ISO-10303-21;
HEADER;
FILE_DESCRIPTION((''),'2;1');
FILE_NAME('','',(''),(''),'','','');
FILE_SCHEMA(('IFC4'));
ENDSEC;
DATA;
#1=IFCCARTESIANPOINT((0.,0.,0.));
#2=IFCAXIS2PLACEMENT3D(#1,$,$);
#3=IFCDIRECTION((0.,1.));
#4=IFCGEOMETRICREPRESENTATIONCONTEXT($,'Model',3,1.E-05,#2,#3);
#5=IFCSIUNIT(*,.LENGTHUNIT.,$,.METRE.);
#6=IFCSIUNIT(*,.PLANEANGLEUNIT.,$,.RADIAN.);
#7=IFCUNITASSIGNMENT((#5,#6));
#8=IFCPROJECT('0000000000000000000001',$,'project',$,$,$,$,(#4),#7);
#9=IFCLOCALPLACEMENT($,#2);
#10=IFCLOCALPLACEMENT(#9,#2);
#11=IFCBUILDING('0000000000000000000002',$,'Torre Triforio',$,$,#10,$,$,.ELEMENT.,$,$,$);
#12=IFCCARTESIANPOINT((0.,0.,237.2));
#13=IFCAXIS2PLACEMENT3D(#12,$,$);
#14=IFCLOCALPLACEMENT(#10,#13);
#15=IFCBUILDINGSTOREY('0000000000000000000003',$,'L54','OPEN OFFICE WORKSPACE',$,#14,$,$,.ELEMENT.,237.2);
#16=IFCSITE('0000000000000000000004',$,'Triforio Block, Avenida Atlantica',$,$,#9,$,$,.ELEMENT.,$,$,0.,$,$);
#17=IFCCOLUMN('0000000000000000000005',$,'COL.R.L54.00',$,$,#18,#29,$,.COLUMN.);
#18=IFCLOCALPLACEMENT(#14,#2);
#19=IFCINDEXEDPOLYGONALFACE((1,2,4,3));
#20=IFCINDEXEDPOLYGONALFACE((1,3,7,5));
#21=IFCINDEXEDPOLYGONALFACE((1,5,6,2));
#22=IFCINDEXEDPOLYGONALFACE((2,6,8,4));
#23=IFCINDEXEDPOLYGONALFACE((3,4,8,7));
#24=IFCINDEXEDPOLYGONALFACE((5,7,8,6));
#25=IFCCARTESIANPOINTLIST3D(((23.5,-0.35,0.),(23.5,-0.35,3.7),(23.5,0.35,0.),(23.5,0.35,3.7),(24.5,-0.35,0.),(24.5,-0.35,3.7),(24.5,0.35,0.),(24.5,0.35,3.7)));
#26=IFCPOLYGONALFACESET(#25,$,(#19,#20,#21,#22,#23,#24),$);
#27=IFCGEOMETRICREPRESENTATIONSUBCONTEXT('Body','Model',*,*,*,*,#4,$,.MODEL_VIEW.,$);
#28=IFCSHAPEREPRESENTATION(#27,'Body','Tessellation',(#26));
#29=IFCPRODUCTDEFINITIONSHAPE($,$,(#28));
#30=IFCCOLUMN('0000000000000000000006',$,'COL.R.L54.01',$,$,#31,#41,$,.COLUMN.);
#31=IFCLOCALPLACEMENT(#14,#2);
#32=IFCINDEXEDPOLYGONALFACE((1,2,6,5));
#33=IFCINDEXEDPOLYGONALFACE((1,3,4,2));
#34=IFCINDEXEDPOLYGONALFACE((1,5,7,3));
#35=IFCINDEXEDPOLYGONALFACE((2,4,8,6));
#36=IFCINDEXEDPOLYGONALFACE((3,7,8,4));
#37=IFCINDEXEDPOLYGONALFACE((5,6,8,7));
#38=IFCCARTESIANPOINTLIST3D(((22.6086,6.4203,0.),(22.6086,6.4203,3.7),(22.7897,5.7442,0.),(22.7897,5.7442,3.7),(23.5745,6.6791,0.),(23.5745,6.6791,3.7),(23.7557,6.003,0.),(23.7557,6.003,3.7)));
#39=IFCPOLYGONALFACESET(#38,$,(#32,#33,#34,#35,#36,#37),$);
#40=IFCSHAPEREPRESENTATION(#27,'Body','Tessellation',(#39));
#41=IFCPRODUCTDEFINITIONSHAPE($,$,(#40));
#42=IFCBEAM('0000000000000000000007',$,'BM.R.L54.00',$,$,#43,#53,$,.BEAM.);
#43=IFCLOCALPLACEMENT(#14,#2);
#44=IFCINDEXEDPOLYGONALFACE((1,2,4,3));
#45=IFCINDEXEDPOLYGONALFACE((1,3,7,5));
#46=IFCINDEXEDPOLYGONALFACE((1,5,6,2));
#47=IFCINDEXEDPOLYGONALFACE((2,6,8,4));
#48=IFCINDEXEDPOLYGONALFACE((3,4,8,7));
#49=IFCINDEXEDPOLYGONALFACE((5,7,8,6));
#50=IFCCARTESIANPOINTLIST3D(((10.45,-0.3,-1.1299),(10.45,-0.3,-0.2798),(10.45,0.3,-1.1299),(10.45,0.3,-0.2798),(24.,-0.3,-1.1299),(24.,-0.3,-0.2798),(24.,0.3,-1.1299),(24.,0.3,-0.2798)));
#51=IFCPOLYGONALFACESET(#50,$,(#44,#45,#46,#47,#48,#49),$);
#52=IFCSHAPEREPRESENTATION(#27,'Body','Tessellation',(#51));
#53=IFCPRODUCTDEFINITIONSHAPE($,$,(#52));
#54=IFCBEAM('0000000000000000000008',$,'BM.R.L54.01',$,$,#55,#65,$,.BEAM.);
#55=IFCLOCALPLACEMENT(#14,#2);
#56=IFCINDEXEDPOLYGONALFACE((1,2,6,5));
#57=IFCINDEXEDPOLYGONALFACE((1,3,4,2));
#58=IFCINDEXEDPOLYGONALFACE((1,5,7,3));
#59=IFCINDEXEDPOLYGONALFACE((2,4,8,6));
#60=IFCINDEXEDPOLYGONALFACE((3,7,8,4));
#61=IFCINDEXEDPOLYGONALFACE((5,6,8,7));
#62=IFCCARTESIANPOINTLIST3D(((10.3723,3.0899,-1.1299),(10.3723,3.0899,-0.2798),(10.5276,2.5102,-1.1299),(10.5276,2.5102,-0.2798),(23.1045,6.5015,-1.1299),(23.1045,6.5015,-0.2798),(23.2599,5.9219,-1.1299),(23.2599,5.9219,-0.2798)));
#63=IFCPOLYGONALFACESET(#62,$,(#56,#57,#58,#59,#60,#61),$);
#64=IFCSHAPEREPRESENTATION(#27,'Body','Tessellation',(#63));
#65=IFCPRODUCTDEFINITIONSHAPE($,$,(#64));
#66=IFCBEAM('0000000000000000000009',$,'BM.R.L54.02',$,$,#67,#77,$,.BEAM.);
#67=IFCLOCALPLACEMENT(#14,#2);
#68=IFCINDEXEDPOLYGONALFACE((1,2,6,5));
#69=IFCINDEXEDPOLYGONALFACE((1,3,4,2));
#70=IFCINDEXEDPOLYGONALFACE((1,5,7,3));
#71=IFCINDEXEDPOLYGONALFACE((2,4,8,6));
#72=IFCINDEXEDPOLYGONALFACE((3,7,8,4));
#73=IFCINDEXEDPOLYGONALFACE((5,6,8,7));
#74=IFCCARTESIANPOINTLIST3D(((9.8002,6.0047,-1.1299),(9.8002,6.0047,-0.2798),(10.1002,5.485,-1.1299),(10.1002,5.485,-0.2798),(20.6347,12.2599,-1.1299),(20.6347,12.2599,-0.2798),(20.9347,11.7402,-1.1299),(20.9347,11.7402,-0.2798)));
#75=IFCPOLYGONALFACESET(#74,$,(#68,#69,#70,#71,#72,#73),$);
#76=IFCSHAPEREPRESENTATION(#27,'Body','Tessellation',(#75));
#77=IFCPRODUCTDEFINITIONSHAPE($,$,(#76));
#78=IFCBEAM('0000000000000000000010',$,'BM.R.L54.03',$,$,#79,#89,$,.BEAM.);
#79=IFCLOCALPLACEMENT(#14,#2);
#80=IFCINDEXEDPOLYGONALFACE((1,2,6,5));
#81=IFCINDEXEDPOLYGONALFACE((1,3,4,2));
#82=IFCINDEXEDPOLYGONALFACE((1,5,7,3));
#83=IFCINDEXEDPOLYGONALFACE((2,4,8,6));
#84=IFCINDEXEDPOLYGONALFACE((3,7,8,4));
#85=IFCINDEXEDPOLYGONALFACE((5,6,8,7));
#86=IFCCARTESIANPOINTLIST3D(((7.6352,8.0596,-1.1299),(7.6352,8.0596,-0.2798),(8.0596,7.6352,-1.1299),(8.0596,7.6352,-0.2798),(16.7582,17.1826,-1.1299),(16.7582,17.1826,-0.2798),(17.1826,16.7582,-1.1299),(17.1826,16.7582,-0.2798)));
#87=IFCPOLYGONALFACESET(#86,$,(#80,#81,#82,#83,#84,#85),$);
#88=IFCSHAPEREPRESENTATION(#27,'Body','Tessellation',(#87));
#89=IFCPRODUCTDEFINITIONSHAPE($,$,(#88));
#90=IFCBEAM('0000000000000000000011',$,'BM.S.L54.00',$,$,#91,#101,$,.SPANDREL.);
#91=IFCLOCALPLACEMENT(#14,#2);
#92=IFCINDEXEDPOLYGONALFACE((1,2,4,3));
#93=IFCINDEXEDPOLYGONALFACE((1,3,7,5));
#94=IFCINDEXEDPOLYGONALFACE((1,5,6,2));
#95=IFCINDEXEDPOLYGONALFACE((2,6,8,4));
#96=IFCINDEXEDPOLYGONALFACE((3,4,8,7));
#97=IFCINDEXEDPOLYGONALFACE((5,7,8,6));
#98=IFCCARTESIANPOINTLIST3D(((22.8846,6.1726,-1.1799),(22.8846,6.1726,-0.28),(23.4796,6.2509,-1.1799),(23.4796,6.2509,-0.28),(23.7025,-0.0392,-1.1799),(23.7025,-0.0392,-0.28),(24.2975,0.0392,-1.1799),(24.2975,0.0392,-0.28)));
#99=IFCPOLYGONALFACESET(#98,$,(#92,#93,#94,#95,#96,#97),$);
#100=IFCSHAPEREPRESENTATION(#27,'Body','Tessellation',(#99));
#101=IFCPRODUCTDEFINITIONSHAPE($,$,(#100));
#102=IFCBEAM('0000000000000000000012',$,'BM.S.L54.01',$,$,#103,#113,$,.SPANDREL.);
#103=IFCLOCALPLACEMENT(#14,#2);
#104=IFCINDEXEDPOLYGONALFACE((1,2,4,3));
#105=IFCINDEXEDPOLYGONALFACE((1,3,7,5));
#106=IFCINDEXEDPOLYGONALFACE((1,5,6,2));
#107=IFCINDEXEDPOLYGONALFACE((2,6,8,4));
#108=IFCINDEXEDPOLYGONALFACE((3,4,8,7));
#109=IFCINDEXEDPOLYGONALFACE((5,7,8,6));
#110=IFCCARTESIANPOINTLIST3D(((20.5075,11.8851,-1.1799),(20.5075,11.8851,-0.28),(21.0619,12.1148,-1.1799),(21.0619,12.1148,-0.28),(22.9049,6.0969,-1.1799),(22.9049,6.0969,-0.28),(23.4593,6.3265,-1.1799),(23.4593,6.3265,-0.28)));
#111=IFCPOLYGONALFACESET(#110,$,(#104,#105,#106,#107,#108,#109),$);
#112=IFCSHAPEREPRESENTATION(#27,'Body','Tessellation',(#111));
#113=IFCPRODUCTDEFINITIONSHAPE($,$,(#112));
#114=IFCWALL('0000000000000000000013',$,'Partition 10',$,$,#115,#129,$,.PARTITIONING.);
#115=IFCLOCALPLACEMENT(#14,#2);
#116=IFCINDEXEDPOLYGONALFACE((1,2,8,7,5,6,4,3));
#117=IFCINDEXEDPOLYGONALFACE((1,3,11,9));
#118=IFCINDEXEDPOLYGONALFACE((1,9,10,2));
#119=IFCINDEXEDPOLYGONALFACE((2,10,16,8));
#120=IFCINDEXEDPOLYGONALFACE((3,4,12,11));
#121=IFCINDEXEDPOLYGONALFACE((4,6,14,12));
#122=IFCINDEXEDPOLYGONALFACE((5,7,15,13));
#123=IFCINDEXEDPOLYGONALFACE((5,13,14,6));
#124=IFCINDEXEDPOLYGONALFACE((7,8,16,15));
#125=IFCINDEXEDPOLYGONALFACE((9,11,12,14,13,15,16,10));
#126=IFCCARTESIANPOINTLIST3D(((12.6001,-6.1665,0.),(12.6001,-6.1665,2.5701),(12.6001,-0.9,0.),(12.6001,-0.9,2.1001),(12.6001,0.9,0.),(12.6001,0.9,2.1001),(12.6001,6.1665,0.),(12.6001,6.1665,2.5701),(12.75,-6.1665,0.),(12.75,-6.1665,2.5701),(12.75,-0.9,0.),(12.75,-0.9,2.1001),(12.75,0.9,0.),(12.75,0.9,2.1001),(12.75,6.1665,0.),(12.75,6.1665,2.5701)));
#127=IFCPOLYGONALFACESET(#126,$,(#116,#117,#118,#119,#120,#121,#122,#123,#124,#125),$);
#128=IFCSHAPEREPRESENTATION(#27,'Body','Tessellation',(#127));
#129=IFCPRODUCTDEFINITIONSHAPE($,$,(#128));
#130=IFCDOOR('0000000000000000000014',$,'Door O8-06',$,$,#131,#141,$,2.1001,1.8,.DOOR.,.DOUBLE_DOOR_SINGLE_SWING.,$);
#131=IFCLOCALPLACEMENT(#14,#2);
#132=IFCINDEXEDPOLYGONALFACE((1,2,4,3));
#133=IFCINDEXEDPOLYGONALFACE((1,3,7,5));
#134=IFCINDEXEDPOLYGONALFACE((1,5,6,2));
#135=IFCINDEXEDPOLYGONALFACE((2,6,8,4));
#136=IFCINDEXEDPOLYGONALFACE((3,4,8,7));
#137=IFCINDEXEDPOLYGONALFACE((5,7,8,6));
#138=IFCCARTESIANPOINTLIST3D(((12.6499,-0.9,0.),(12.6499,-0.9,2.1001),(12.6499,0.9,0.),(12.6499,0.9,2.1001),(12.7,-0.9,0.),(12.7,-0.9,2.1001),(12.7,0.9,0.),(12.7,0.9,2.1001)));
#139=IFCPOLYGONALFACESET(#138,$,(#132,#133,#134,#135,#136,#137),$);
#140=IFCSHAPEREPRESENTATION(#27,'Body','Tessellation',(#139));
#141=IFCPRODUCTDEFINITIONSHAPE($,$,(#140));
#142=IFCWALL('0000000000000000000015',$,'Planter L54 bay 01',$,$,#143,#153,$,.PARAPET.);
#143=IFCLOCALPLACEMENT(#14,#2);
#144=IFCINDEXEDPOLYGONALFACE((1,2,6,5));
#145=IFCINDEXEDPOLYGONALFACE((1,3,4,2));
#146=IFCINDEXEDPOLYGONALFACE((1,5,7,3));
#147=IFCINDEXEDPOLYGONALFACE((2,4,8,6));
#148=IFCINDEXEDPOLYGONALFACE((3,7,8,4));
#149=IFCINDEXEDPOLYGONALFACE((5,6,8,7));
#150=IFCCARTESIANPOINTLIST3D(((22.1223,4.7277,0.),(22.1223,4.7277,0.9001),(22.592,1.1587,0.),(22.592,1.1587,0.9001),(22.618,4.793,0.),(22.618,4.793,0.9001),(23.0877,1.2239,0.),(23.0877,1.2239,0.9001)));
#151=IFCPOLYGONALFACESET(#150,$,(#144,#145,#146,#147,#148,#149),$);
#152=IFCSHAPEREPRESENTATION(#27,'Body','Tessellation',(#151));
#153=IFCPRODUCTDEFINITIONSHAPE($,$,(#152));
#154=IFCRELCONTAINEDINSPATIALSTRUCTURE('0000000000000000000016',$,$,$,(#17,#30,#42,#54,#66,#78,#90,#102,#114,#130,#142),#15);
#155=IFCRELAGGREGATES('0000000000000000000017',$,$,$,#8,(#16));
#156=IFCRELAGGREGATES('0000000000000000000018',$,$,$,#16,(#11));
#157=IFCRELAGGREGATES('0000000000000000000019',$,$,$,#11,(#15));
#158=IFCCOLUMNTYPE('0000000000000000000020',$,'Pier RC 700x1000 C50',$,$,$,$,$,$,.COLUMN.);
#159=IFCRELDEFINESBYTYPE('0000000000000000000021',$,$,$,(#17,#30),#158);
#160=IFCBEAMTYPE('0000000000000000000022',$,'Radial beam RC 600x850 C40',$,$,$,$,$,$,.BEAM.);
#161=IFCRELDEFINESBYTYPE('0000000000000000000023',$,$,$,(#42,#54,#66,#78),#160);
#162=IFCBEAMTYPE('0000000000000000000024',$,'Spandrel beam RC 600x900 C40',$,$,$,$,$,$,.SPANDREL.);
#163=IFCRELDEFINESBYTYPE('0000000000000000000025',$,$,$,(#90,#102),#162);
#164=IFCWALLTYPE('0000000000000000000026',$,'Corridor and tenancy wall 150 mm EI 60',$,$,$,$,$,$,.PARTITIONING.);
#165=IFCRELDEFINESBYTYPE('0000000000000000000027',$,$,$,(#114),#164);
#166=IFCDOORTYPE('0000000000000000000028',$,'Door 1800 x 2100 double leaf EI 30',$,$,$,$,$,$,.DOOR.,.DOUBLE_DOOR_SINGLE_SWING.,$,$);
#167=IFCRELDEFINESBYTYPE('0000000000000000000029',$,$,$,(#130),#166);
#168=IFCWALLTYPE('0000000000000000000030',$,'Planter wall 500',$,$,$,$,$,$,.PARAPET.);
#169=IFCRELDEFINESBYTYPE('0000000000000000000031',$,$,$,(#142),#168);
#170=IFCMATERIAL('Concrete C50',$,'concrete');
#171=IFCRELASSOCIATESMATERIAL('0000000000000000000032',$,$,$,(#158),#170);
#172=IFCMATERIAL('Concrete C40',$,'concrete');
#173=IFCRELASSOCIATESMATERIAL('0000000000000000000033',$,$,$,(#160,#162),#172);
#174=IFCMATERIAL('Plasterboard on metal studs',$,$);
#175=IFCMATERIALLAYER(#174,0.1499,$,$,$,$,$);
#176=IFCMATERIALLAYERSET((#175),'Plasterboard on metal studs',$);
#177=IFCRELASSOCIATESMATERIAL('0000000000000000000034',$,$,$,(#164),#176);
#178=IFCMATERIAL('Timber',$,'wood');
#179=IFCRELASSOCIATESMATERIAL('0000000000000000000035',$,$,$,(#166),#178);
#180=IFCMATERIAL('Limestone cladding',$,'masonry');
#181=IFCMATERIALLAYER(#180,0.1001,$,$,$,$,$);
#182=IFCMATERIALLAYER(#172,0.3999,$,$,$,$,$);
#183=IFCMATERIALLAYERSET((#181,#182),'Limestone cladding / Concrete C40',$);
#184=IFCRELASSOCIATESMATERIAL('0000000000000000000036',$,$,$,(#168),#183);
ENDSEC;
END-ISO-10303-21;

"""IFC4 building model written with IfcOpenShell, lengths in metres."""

from ifc_helpers import new_model, si_unit, direction, frame, frame_2d, origin, origin_2d, place, context, subcontext, project, spatial, rectangle, extrude, material, layer, layer_set, material_profile, profile_set, type_object, element, fill, save


model = new_model("IFC4")

# Units and contexts
model_context = context("Model", 3, precision=1e-05, world=origin(), true_north=direction((0.0, 1.0)))
body_context = subcontext(model_context, "Body", "Model", "MODEL_VIEW")
ifc_project = project(units=[si_unit("LENGTHUNIT", "METRE"), si_unit("PLANEANGLEUNIT", "RADIAN")], contexts=[model_context])

# Site, building, storey
site_placement = place(None, origin())
site = spatial("IfcSite", under=ifc_project, at=site_placement, Name="Triforio Block, Avenida Atlantica", CompositionType="ELEMENT", RefElevation=0.0)
building_placement = place(site_placement, origin())
building = spatial("IfcBuilding", under=site, at=building_placement, Name="Torre Triforio", CompositionType="ELEMENT")
storey_placement = place(building_placement, frame((0.0, 0.0, 237.2)))
storey = spatial("IfcBuildingStorey", under=building, at=storey_placement, Name="L54", Description="OPEN OFFICE WORKSPACE", CompositionType="ELEMENT", Elevation=237.2)

# Columns
ifc_material_1 = material(Name="Concrete C50", Category="concrete")
ifc_material_profile_1 = material_profile(ifc_material_1, rectangle(XDim=0.7, YDim=1.0, at=origin_2d()), Name="RC 700x1000")
ifc_profile_set_1 = profile_set([ifc_material_profile_1], Name="Concrete C50")
column_type = type_object("IfcColumnType", Name="Pier RC 700x1000 C50", PredefinedType="COLUMN", material=ifc_profile_set_1)
for number, where, z_axis, x_axis, name in (
    (1, (24.0, 0.0, 0.0), (0.0, 0.0, 1.0), (0.0, 1.0, 0.0), "COL.R.L54.00"),
    (2, (23.1821, 6.2117, 0.0), (0.0, 0.0, 1.0), (-0.258819, 0.965926, 0.0), "COL.R.L54.01"),
):
    element("IfcColumn", number, at=place(storey_placement, frame(where, z_axis=z_axis, x_axis=x_axis)), inside=storey, type_object=column_type, Name=name, PredefinedType="COLUMN", context=body_context, shape_type="SweptSolid", body=[
        extrude(rectangle(XDim=0.7, YDim=1.0, at=origin_2d()), origin(), (0.0, 0.0, 1.0), 3.7),
    ])

# Beams
ifc_material_2 = material(Name="Concrete C40", Category="concrete")
ifc_material_profile_2 = material_profile(ifc_material_2, rectangle(XDim=0.6001, YDim=0.8501, at=origin_2d()), Name="RC 600x850")
ifc_profile_set_2 = profile_set([ifc_material_profile_2], Name="Concrete C40")
beam_type_1 = type_object("IfcBeamType", Name="Radial beam RC 600x850 C40", PredefinedType="BEAM", material=ifc_profile_set_2)
beam_1_placement = place(storey_placement, frame((10.45, 0.0, -0.7048), z_axis=(1.0, 0.0, 0.0), x_axis=(0.0, 1.0, 0.0)))
element("IfcBeam", 3, at=beam_1_placement, inside=storey, type_object=beam_type_1, Name="BM.R.L54.00", PredefinedType="BEAM", context=body_context, shape_type="SweptSolid", body=[
    extrude(rectangle(XDim=0.6001, YDim=0.8501, at=origin_2d()), origin(), (0.0, 0.0, 1.0), 13.55),
])
beam_2_placement = place(storey_placement, frame((10.45, 2.8, -0.7048), z_axis=(0.965925, 0.258822, 0.0), x_axis=(-0.258822, 0.965925, 0.0)))
element("IfcBeam", 4, at=beam_2_placement, inside=storey, type_object=beam_type_1, Name="BM.R.L54.01", PredefinedType="BEAM", context=body_context, shape_type="SweptSolid", body=[
    extrude(rectangle(XDim=0.6001, YDim=0.8501, at=origin_2d()), origin(), (0.0, 0.0, 1.0), 13.1814),
])
beam_3_placement = place(storey_placement, frame((9.9502, 5.7449, -0.7048), z_axis=(0.866031, 0.49999, 0.0), x_axis=(-0.49999, 0.866031, 0.0)))
element("IfcBeam", 5, at=beam_3_placement, inside=storey, type_object=beam_type_1, Name="BM.R.L54.02", PredefinedType="BEAM", context=body_context, shape_type="SweptSolid", body=[
    extrude(rectangle(XDim=0.6001, YDim=0.8501, at=origin_2d()), origin(), (0.0, 0.0, 1.0), 12.5105),
])
beam_4_placement = place(storey_placement, frame((7.8474, 7.8474, -0.7048), z_axis=(0.707107, 0.707107, 0.0), x_axis=(-0.707107, 0.707107, 0.0)))
element("IfcBeam", 6, at=beam_4_placement, inside=storey, type_object=beam_type_1, Name="BM.R.L54.03", PredefinedType="BEAM", context=body_context, shape_type="SweptSolid", body=[
    extrude(rectangle(XDim=0.6001, YDim=0.8501, at=origin_2d()), origin(), (0.0, 0.0, 1.0), 12.9019),
])
ifc_material_profile_3 = material_profile(ifc_material_2, rectangle(XDim=0.6001, YDim=0.8999, at=origin_2d()), Name="RC 600x900")
ifc_profile_set_3 = profile_set([ifc_material_profile_3], Name="Concrete C40")
beam_type_2 = type_object("IfcBeamType", Name="Spandrel beam RC 600x900 C40", PredefinedType="SPANDREL", material=ifc_profile_set_3)
beam_5_placement = place(storey_placement, frame((24.0, 0.0, -0.73), z_axis=(-0.13054, 0.991443, 0.0), x_axis=(-0.991443, -0.13054, 0.0)))
element("IfcBeam", 7, at=beam_5_placement, inside=storey, type_object=beam_type_2, Name="BM.S.L54.00", PredefinedType="SPANDREL", context=body_context, shape_type="SweptSolid", body=[
    extrude(rectangle(XDim=0.6001, YDim=0.8999, at=origin_2d()), origin(), (0.0, 0.0, 1.0), 6.2654),
])
beam_6_placement = place(storey_placement, frame((23.1821, 6.2117, -0.73), z_axis=(-0.382664, 0.923888, 0.0), x_axis=(-0.923888, -0.382664, 0.0)))
element("IfcBeam", 8, at=beam_6_placement, inside=storey, type_object=beam_type_2, Name="BM.S.L54.01", PredefinedType="SPANDREL", context=body_context, shape_type="SweptSolid", body=[
    extrude(rectangle(XDim=0.6001, YDim=0.8999, at=origin_2d()), origin(), (0.0, 0.0, 1.0), 6.2651),
])

# Wall, opening, door
ifc_material_3 = material(Name="Plasterboard on metal studs")
ifc_layer_1 = layer(ifc_material_3, 0.1499)
ifc_layer_set_1 = layer_set([ifc_layer_1], Name="Plasterboard on metal studs")
wall_type_1 = type_object("IfcWallType", Name="Corridor and tenancy wall 150 mm EI 60", PredefinedType="PARTITIONING", material=ifc_layer_set_1)
wall_1_placement = place(storey_placement, frame((12.675, 6.1665, 0.0), z_axis=(0.0, 0.0, 1.0), x_axis=(0.0, -1.0, 0.0)))
wall_1 = element("IfcWall", 9, at=wall_1_placement, inside=storey, type_object=wall_type_1, Name="Partition 10", PredefinedType="PARTITIONING", context=body_context, shape_type="SweptSolid", body=[
    extrude(rectangle(XDim=12.333, YDim=0.1499, at=frame_2d((6.1665, 0.0))), origin(), (0.0, 0.0, 1.0), 2.5701),
])
opening_1_placement = place(wall_1_placement, frame((5.2666, 0.0, 0.0)))
opening_1 = element("IfcOpeningElement", 10, at=opening_1_placement, cuts=wall_1, PredefinedType="OPENING", context=body_context, shape_type="SweptSolid", body=[
    extrude(rectangle(XDim=1.8, YDim=2.1001, at=frame_2d((0.8999, 1.05))), frame((0.0, 0.085, 0.0), z_axis=(0.0, -1.0, 0.0), x_axis=(1.0, 0.0, 0.0)), (0.0, 0.0, 1.0), 0.1699),
])
ifc_material_4 = material(Name="Timber", Category="wood")
door_type_1 = type_object("IfcDoorType", Name="Door 1800 x 2100 double leaf EI 30", OperationType="DOUBLE_DOOR_SINGLE_SWING", PredefinedType="DOOR", material=ifc_material_4)
door_1_placement = place(opening_1_placement, origin())
door_1 = element("IfcDoor", 11, at=door_1_placement, inside=storey, type_object=door_type_1, Name="Door O8-06", OperationType="DOUBLE_DOOR_SINGLE_SWING", OverallHeight=2.1001, OverallWidth=1.8, PredefinedType="DOOR", context=body_context, shape_type="SweptSolid", body=[
    extrude(rectangle(XDim=1.8, YDim=2.1001, at=frame_2d((0.8999, 1.05))), frame((0.0, 0.0249, 0.0), z_axis=(0.0, -1.0, 0.0), x_axis=(1.0, 0.0, 0.0)), (0.0, 0.0, 1.0), 0.05),
])
fill(opening_1, door_1)

# Wall
ifc_material_5 = material(Name="Limestone cladding", Category="masonry")
ifc_layer_2 = layer(ifc_material_5, 0.1001)
ifc_layer_3 = layer(ifc_material_2, 0.3999)
ifc_layer_set_2 = layer_set([ifc_layer_2, ifc_layer_3], Name="Limestone cladding / Concrete C40")
wall_type_2 = type_object("IfcWallType", Name="Planter wall 500", PredefinedType="PARAPET", material=ifc_layer_set_2)
wall_2_placement = place(storey_placement, frame((22.8398, 1.1914, 0.0), z_axis=(0.0, 0.0, 1.0), x_axis=(-0.130484, 0.99145, 0.0)))
element("IfcWall", 12, at=wall_2_placement, inside=storey, type_object=wall_type_2, Name="Planter L54 bay 01", PredefinedType="PARAPET", context=body_context, shape_type="SweptSolid", body=[
    extrude(rectangle(XDim=3.5999, YDim=0.5, at=frame_2d((1.7998, 0.0))), origin(), (0.0, 0.0, 1.0), 0.9001),
])

save(model, "model.ifc")
